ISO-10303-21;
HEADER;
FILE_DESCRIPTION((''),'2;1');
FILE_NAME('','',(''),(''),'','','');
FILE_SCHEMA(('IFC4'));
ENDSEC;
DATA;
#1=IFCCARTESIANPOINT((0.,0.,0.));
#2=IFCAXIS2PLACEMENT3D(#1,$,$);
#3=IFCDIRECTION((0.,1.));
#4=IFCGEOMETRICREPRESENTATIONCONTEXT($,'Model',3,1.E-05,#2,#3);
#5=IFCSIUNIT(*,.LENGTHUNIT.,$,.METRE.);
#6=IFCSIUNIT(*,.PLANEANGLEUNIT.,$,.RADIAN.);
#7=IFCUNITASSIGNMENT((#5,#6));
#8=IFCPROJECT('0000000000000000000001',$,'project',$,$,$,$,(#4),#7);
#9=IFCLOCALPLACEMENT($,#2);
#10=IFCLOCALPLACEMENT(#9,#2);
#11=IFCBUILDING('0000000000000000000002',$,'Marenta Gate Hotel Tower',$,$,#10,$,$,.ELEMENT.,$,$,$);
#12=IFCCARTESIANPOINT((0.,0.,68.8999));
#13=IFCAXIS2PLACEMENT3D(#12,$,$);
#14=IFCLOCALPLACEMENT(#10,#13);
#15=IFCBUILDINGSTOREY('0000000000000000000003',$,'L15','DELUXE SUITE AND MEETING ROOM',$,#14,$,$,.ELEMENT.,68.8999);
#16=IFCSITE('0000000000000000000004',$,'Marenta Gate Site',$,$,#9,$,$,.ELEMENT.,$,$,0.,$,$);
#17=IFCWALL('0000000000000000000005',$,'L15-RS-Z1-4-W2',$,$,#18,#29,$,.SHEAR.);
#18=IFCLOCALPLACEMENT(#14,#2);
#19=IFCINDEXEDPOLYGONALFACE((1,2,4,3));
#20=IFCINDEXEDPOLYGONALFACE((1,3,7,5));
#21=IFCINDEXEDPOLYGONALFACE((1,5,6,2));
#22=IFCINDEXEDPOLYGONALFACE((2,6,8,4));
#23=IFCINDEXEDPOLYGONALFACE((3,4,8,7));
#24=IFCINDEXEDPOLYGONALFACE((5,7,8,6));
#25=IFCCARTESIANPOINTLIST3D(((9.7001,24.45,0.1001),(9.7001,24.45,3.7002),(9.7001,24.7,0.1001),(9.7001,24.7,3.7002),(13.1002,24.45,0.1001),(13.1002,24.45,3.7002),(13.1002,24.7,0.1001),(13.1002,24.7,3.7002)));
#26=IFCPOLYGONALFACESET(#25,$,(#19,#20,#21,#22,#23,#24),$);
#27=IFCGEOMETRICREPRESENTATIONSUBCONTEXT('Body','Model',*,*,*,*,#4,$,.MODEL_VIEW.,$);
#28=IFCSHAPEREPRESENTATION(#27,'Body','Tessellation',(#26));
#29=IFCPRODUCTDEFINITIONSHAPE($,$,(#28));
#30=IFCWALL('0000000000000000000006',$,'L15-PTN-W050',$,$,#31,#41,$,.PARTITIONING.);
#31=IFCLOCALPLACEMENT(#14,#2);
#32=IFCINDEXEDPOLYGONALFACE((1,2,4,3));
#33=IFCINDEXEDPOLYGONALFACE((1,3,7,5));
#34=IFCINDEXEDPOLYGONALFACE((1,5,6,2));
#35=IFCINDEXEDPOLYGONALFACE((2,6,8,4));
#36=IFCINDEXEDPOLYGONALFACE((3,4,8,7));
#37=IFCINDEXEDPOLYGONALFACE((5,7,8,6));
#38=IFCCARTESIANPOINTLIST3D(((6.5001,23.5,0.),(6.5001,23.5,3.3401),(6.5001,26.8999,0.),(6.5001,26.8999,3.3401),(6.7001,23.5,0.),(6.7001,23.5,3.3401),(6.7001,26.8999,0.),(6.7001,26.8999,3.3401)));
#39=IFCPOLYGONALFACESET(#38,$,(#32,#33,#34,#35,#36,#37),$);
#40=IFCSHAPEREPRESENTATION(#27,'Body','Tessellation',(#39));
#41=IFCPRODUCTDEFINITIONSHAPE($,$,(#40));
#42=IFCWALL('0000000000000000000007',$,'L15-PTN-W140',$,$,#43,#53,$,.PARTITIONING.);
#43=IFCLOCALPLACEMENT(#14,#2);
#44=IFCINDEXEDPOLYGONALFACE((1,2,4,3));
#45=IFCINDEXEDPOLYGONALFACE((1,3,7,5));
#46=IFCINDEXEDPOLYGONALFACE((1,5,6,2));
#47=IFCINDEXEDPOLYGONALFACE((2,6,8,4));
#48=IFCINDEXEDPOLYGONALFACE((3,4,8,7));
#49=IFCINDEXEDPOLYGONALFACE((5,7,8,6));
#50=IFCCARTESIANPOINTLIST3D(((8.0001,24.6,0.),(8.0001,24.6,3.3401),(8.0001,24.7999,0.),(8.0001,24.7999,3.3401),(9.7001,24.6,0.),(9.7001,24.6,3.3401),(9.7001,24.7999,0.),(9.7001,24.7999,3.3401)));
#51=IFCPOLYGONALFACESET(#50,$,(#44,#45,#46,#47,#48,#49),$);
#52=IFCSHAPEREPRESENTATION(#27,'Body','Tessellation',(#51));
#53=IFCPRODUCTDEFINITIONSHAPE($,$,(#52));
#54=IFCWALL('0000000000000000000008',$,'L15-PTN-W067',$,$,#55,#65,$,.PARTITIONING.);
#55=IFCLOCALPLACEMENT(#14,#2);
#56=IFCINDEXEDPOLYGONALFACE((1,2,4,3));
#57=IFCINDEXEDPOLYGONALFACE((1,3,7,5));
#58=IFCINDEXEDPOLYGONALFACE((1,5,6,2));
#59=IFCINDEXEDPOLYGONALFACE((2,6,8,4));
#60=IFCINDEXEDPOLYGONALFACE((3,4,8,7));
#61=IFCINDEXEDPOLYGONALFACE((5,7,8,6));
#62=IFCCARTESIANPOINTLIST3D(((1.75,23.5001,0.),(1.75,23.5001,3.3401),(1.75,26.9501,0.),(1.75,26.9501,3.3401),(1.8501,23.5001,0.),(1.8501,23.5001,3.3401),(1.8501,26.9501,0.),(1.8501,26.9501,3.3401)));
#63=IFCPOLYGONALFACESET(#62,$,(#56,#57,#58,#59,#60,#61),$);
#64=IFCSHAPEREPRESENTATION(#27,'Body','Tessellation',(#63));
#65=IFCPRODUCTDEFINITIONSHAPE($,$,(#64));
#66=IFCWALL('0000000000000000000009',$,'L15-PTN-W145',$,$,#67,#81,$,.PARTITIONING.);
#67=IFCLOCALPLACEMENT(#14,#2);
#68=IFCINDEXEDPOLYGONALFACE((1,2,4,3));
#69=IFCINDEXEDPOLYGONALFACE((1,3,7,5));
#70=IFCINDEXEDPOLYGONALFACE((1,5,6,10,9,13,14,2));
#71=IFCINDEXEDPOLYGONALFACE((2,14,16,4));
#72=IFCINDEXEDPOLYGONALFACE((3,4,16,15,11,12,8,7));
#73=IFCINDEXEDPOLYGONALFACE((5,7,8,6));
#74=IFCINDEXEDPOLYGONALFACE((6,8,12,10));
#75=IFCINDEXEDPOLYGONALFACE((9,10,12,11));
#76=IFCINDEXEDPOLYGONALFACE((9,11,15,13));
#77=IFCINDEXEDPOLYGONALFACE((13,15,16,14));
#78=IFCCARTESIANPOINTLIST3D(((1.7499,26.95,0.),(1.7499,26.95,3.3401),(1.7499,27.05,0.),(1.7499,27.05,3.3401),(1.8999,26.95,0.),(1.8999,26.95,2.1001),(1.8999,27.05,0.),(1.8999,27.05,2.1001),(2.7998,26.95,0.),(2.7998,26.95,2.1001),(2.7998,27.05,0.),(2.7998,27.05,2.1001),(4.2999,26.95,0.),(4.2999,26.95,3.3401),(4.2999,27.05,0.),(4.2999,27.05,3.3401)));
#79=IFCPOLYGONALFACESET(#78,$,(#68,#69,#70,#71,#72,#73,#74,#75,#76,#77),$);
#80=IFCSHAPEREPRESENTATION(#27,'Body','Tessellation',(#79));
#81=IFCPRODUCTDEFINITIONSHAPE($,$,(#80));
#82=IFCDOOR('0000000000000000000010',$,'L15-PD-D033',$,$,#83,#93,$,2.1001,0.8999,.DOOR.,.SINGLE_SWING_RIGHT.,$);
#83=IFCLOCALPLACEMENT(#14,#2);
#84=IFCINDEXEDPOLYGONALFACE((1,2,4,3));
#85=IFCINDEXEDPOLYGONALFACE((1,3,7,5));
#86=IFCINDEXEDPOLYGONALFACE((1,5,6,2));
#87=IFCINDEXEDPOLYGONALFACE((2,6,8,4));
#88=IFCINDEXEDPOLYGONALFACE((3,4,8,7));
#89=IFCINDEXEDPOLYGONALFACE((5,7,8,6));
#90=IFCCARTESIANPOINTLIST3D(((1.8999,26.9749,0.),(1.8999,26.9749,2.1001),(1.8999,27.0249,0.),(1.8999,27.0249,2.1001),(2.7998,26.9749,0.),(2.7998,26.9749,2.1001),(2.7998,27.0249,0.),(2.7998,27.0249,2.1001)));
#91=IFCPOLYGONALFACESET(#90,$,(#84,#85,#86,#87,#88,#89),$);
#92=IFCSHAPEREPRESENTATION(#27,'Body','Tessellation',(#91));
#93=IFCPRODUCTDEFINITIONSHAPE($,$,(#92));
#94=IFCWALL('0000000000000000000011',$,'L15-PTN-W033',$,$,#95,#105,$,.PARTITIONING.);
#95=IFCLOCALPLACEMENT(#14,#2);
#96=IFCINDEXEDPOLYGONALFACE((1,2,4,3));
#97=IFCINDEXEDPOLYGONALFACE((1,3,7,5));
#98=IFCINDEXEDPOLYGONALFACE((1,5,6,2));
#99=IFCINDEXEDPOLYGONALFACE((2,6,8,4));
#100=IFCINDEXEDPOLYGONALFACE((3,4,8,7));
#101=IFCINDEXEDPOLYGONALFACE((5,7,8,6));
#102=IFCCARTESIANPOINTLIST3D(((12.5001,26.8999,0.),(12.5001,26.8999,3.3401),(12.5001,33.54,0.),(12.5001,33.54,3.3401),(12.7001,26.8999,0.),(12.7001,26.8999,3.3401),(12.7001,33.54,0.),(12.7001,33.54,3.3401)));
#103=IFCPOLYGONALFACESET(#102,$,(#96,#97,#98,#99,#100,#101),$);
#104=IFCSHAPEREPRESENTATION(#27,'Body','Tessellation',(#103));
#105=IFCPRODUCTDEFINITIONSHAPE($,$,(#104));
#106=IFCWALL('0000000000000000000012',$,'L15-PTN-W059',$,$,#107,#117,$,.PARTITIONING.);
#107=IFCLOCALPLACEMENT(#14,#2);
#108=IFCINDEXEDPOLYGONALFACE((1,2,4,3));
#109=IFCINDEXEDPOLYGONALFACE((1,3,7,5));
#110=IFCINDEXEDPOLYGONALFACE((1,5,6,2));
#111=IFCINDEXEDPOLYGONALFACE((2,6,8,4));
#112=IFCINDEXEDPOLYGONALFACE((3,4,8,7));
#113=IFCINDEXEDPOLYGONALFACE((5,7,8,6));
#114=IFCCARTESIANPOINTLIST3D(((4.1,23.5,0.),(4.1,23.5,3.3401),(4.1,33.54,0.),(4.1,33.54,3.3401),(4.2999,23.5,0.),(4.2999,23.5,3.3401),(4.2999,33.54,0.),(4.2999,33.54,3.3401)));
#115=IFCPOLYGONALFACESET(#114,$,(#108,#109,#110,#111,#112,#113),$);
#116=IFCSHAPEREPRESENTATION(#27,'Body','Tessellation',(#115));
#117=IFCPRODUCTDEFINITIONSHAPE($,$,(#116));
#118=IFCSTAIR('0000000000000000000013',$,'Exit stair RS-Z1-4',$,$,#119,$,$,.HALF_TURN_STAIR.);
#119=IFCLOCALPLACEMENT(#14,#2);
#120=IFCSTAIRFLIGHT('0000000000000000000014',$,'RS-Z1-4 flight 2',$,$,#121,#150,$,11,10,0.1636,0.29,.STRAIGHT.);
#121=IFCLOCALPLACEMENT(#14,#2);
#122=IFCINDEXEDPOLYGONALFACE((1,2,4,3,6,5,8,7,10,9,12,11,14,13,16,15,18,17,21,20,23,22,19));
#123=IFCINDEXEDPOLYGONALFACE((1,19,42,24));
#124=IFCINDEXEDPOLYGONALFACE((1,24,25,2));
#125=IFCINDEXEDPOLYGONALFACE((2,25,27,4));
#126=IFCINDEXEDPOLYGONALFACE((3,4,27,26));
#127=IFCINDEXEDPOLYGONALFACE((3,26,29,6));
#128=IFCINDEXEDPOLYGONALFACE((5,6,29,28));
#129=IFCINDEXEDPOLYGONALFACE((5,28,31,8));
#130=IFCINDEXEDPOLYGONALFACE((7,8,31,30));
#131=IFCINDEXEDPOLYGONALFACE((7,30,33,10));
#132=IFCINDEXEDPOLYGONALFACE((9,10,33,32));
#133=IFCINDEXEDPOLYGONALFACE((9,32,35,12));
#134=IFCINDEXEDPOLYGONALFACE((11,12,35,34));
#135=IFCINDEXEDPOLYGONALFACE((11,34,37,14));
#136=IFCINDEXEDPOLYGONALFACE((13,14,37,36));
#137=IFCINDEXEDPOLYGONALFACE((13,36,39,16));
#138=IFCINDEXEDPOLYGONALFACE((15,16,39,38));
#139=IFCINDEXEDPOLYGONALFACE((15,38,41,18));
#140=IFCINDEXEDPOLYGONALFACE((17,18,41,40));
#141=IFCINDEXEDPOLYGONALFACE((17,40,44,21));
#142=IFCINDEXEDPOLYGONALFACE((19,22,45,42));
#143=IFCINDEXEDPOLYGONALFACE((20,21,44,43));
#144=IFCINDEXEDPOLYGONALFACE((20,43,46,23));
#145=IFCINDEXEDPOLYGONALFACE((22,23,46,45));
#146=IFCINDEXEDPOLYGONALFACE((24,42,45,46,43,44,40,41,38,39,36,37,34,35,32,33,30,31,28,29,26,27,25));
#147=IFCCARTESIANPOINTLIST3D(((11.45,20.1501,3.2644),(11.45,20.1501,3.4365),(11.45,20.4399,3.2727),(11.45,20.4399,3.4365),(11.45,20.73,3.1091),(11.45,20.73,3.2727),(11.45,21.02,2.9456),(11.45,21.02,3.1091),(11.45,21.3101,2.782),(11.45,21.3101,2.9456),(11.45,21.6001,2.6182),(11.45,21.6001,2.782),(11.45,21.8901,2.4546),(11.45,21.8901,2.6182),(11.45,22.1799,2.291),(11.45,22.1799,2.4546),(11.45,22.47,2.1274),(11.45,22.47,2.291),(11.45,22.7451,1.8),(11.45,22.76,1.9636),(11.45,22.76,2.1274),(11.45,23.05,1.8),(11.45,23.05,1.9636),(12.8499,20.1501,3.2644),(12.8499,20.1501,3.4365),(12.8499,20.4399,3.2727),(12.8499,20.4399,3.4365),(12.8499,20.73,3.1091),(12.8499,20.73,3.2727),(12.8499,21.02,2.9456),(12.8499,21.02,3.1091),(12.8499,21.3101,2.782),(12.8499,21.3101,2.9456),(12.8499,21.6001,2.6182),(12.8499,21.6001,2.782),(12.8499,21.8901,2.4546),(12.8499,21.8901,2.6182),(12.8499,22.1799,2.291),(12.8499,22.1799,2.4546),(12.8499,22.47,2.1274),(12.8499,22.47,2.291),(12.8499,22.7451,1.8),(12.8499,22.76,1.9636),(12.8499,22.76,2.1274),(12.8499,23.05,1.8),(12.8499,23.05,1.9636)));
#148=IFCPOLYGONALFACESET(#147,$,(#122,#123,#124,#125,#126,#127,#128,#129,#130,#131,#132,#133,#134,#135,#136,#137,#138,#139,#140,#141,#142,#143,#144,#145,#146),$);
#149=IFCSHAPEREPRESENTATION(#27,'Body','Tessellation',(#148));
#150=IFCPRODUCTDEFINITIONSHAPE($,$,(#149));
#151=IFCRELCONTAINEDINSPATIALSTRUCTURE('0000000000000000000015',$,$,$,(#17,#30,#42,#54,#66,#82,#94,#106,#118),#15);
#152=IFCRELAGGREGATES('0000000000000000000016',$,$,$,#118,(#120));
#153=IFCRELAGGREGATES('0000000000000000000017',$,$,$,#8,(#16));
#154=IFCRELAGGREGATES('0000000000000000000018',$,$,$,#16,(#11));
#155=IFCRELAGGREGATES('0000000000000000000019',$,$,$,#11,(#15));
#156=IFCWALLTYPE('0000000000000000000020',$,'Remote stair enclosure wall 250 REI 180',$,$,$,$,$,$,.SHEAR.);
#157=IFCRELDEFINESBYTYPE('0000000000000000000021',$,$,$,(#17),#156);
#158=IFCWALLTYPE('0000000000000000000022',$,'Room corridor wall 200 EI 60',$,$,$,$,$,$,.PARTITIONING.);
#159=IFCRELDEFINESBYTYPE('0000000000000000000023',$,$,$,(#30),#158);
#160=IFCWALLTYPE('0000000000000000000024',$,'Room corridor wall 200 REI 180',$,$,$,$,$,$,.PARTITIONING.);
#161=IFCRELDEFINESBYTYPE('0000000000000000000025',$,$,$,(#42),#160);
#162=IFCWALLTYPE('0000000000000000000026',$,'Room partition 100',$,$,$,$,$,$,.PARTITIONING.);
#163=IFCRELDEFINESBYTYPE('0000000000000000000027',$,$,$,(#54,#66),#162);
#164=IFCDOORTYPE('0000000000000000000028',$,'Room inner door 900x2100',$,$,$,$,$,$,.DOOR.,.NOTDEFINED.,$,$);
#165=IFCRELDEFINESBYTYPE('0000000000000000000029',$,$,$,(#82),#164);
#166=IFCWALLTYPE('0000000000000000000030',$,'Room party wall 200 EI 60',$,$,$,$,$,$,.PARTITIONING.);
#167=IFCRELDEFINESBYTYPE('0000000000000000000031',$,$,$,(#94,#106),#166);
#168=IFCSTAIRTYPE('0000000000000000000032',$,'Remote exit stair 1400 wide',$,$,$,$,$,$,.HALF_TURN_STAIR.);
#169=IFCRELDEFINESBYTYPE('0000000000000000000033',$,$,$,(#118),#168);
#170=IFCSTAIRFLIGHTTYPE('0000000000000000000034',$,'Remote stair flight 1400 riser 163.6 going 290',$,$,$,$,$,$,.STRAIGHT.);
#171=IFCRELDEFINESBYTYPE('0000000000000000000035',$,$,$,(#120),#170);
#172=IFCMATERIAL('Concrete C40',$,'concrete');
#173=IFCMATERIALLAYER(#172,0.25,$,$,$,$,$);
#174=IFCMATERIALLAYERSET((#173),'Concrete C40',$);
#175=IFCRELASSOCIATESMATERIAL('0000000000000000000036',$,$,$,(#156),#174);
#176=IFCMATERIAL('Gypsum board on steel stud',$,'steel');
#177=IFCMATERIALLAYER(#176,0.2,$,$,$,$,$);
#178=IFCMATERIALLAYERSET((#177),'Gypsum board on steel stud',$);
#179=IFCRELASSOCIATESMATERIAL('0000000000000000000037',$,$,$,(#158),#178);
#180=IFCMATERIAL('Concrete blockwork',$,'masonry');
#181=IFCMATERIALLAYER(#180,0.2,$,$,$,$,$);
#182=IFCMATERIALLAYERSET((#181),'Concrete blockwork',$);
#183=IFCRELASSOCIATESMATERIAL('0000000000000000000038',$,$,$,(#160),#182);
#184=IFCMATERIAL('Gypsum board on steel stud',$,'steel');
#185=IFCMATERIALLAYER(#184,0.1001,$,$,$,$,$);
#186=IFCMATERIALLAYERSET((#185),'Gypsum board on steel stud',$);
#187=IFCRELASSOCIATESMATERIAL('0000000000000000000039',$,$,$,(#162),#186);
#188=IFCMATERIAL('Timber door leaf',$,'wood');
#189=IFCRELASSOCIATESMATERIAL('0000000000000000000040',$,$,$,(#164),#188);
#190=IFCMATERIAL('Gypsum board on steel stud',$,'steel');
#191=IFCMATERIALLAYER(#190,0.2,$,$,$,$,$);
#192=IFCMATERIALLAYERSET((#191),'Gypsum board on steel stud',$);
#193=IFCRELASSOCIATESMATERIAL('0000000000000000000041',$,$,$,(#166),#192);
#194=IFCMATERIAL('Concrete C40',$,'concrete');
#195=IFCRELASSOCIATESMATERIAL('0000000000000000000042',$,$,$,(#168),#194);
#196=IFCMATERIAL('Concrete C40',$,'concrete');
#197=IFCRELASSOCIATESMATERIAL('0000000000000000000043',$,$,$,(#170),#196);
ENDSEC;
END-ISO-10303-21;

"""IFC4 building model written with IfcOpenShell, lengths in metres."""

from ifc_helpers import new_model, si_unit, direction, frame, frame_2d, origin, place, context, subcontext, project, spatial, polyline, rectangle, outline, extrude, material, layer, layer_set, type_object, element, fill, aggregate, save


model = new_model("IFC4")

# Units and contexts
model_context = context("Model", 3, precision=1e-05, world=origin(), true_north=direction((0.0, 1.0)))
body_context = subcontext(model_context, "Body", "Model", "MODEL_VIEW")
ifc_project = project(units=[si_unit("LENGTHUNIT", "METRE"), si_unit("PLANEANGLEUNIT", "RADIAN")], contexts=[model_context])

# Site, building, storey
site_placement = place(None, origin())
site = spatial("IfcSite", under=ifc_project, at=site_placement, Name="Marenta Gate Site", CompositionType="ELEMENT", RefElevation=0.0)
building_placement = place(site_placement, origin())
building = spatial("IfcBuilding", under=site, at=building_placement, Name="Marenta Gate Hotel Tower", CompositionType="ELEMENT")
storey_placement = place(building_placement, frame((0.0, 0.0, 68.8999)))
storey = spatial("IfcBuildingStorey", under=building, at=storey_placement, Name="L15", Description="DELUXE SUITE AND MEETING ROOM", CompositionType="ELEMENT", Elevation=68.8999)

# Walls
ifc_material_1 = material(Name="Concrete C40", Category="concrete")
ifc_layer_1 = layer(ifc_material_1, 0.25)
ifc_layer_set_1 = layer_set([ifc_layer_1], Name="Concrete C40")
wall_type_1 = type_object("IfcWallType", Name="Remote stair enclosure wall 250 REI 180", PredefinedType="SHEAR", material=ifc_layer_set_1)
wall_1_placement = place(storey_placement, frame((9.7, 24.575, 0.1001), z_axis=(0.0, 0.0, 1.0), x_axis=(1.0, 0.0, 0.0)))
element("IfcWall", 1, at=wall_1_placement, inside=storey, type_object=wall_type_1, Name="L15-RS-Z1-4-W2", PredefinedType="SHEAR", context=body_context, shape_type="SweptSolid", body=[
    extrude(rectangle(XDim=3.4001, YDim=0.25, at=frame_2d((1.7002, 0.0))), origin(), (0.0, 0.0, 1.0), 3.6001),
])
ifc_material_2 = material(Name="Gypsum board on steel stud", Category="steel")
ifc_layer_2 = layer(ifc_material_2, 0.2)
ifc_layer_set_2 = layer_set([ifc_layer_2], Name="Gypsum board on steel stud")
wall_type_2 = type_object("IfcWallType", Name="Room corridor wall 200 EI 60", PredefinedType="PARTITIONING", material=ifc_layer_set_2)
wall_2_placement = place(storey_placement, frame((6.6001, 23.5, 0.0), z_axis=(0.0, 0.0, 1.0), x_axis=(0.0, 1.0, 0.0)))
element("IfcWall", 2, at=wall_2_placement, inside=storey, type_object=wall_type_2, Name="L15-PTN-W050", PredefinedType="PARTITIONING", context=body_context, shape_type="SweptSolid", body=[
    extrude(rectangle(XDim=3.3999, YDim=0.2, at=frame_2d((1.7, 0.0))), origin(), (0.0, 0.0, 1.0), 3.3401),
])

# Shared definitions
ifc_material_3 = material(Name="Concrete blockwork", Category="masonry")
ifc_layer_3 = layer(ifc_material_3, 0.2)
ifc_layer_set_3 = layer_set([ifc_layer_3], Name="Concrete blockwork")
wall_type_3 = type_object("IfcWallType", Name="Room corridor wall 200 REI 180", PredefinedType="PARTITIONING", material=ifc_layer_set_3)

# Walls
wall_3_placement = place(storey_placement, frame((8.0, 24.7, 0.0), z_axis=(0.0, 0.0, 1.0), x_axis=(1.0, 0.0, 0.0)))
element("IfcWall", 3, at=wall_3_placement, inside=storey, type_object=wall_type_3, Name="L15-PTN-W140", PredefinedType="PARTITIONING", context=body_context, shape_type="SweptSolid", body=[
    extrude(rectangle(XDim=1.7, YDim=0.2, at=frame_2d((0.8501, 0.0))), origin(), (0.0, 0.0, 1.0), 3.3401),
])
ifc_material_4 = material(Name="Gypsum board on steel stud", Category="steel")
ifc_layer_4 = layer(ifc_material_4, 0.1001)
ifc_layer_set_4 = layer_set([ifc_layer_4], Name="Gypsum board on steel stud")
wall_type_4 = type_object("IfcWallType", Name="Room partition 100", PredefinedType="PARTITIONING", material=ifc_layer_set_4)
wall_4_placement = place(storey_placement, frame((1.8, 23.5, 0.0), z_axis=(0.0, 0.0, 1.0), x_axis=(0.0, 1.0, 0.0)))
element("IfcWall", 4, at=wall_4_placement, inside=storey, type_object=wall_type_4, Name="L15-PTN-W067", PredefinedType="PARTITIONING", context=body_context, shape_type="SweptSolid", body=[
    extrude(rectangle(XDim=3.45, YDim=0.1001, at=frame_2d((1.7251, 0.0))), origin(), (0.0, 0.0, 1.0), 3.3401),
])

# Wall, opening, door
wall_5_placement = place(storey_placement, frame((1.75, 27.0, 0.0), z_axis=(0.0, 0.0, 1.0), x_axis=(1.0, 0.0, 0.0)))
wall_5 = element("IfcWall", 5, at=wall_5_placement, inside=storey, type_object=wall_type_4, Name="L15-PTN-W145", PredefinedType="PARTITIONING", context=body_context, shape_type="SweptSolid", body=[
    extrude(rectangle(XDim=2.55, YDim=0.1001, at=frame_2d((1.2749, 0.0))), origin(), (0.0, 0.0, 1.0), 3.3401),
])
opening_1_placement = place(wall_5_placement, frame((0.1499, 0.0, 0.0)))
opening_1 = element("IfcOpeningElement", 6, at=opening_1_placement, cuts=wall_5, PredefinedType="OPENING", context=body_context, shape_type="SweptSolid", body=[
    extrude(rectangle(XDim=0.8999, YDim=2.1001, at=frame_2d((0.45, 1.05))), frame((0.0, 0.05, 0.0), z_axis=(0.0, -1.0, 0.0), x_axis=(1.0, 0.0, 0.0)), (0.0, 0.0, 1.0), 0.1001),
])
ifc_material_5 = material(Name="Timber door leaf", Category="wood")
door_type_1 = type_object("IfcDoorType", Name="Room inner door 900x2100", OperationType="NOTDEFINED", PredefinedType="DOOR", material=ifc_material_5)
door_1_placement = place(opening_1_placement, origin())
door_1 = element("IfcDoor", 7, at=door_1_placement, inside=storey, type_object=door_type_1, Name="L15-PD-D033", OperationType="SINGLE_SWING_RIGHT", OverallHeight=2.1001, OverallWidth=0.8999, PredefinedType="DOOR", context=body_context, shape_type="SweptSolid", body=[
    extrude(rectangle(XDim=0.8999, YDim=2.1001, at=frame_2d((0.45, 1.05))), frame((0.0, 0.0249, 0.0), z_axis=(0.0, -1.0, 0.0), x_axis=(1.0, 0.0, 0.0)), (0.0, 0.0, 1.0), 0.05),
])
fill(opening_1, door_1)

# Walls
ifc_material_6 = material(Name="Gypsum board on steel stud", Category="steel")
ifc_layer_5 = layer(ifc_material_6, 0.2)
ifc_layer_set_5 = layer_set([ifc_layer_5], Name="Gypsum board on steel stud")
wall_type_5 = type_object("IfcWallType", Name="Room party wall 200 EI 60", PredefinedType="PARTITIONING", material=ifc_layer_set_5)
wall_6_placement = place(storey_placement, frame((12.6001, 26.8999, 0.0), z_axis=(0.0, 0.0, 1.0), x_axis=(0.0, 1.0, 0.0)))
element("IfcWall", 8, at=wall_6_placement, inside=storey, type_object=wall_type_5, Name="L15-PTN-W033", PredefinedType="PARTITIONING", context=body_context, shape_type="SweptSolid", body=[
    extrude(rectangle(XDim=6.6401, YDim=0.2, at=frame_2d((3.3201, 0.0))), origin(), (0.0, 0.0, 1.0), 3.3401),
])
wall_7_placement = place(storey_placement, frame((4.2, 23.5, 0.0), z_axis=(0.0, 0.0, 1.0), x_axis=(0.0, 1.0, 0.0)))
element("IfcWall", 9, at=wall_7_placement, inside=storey, type_object=wall_type_5, Name="L15-PTN-W059", PredefinedType="PARTITIONING", context=body_context, shape_type="SweptSolid", body=[
    extrude(rectangle(XDim=10.04, YDim=0.2, at=frame_2d((5.02, 0.0))), origin(), (0.0, 0.0, 1.0), 3.3401),
])

# Stair, stair flight
ifc_material_7 = material(Name="Concrete C40", Category="concrete")
stair_type = type_object("IfcStairType", Name="Remote exit stair 1400 wide", PredefinedType="HALF_TURN_STAIR", material=ifc_material_7)
stair_placement = place(storey_placement, origin())
stair = element("IfcStair", 10, at=stair_placement, inside=storey, type_object=stair_type, Name="Exit stair RS-Z1-4", PredefinedType="HALF_TURN_STAIR")
ifc_material_8 = material(Name="Concrete C40", Category="concrete")
stair_flight_type = type_object("IfcStairFlightType", Name="Remote stair flight 1400 riser 163.6 going 290", PredefinedType="STRAIGHT", material=ifc_material_8)
stair_flight_placement = place(storey_placement, frame((12.1499, 23.05, 1.8), z_axis=(0.0, 0.0, 1.0), x_axis=(0.0, -1.0, 0.0)))
stair_flight = element("IfcStairFlight", 11, at=stair_flight_placement, type_object=stair_flight_type, Name="RS-Z1-4 flight 2", NumberOfRisers=11, NumberOfTreads=10, PredefinedType="STRAIGHT", RiserHeight=0.1636, TreadLength=0.29, context=body_context, shape_type="SweptSolid", body=[
    extrude(outline(polyline([(0.0, 0.0), (0.0, 0.1636), (0.29, 0.1636), (0.29, 0.3274), (0.5801, 0.3274), (0.5801, 0.491), (0.8701, 0.491), (0.8701, 0.6545), (1.1599, 0.6545), (1.1599, 0.8181), (1.45, 0.8181), (1.45, 0.9819), (1.74, 0.9819), (1.74, 1.1455), (2.03, 1.1455), (2.03, 1.3091), (2.3201, 1.3091), (2.3201, 1.4727), (2.6101, 1.4727), (2.6101, 1.6365), (2.8999, 1.6365), (2.8999, 1.8), (2.8999, 1.4644), (0.3049, 0.0), (0.0, 0.0)])), frame((0.0, 0.7, 0.0), z_axis=(0.0, -1.0, 0.0), x_axis=(1.0, 0.0, 0.0)), (0.0, 0.0, 1.0), 1.3999),
])
aggregate(stair, [stair_flight])

save(model, "model.ifc")
